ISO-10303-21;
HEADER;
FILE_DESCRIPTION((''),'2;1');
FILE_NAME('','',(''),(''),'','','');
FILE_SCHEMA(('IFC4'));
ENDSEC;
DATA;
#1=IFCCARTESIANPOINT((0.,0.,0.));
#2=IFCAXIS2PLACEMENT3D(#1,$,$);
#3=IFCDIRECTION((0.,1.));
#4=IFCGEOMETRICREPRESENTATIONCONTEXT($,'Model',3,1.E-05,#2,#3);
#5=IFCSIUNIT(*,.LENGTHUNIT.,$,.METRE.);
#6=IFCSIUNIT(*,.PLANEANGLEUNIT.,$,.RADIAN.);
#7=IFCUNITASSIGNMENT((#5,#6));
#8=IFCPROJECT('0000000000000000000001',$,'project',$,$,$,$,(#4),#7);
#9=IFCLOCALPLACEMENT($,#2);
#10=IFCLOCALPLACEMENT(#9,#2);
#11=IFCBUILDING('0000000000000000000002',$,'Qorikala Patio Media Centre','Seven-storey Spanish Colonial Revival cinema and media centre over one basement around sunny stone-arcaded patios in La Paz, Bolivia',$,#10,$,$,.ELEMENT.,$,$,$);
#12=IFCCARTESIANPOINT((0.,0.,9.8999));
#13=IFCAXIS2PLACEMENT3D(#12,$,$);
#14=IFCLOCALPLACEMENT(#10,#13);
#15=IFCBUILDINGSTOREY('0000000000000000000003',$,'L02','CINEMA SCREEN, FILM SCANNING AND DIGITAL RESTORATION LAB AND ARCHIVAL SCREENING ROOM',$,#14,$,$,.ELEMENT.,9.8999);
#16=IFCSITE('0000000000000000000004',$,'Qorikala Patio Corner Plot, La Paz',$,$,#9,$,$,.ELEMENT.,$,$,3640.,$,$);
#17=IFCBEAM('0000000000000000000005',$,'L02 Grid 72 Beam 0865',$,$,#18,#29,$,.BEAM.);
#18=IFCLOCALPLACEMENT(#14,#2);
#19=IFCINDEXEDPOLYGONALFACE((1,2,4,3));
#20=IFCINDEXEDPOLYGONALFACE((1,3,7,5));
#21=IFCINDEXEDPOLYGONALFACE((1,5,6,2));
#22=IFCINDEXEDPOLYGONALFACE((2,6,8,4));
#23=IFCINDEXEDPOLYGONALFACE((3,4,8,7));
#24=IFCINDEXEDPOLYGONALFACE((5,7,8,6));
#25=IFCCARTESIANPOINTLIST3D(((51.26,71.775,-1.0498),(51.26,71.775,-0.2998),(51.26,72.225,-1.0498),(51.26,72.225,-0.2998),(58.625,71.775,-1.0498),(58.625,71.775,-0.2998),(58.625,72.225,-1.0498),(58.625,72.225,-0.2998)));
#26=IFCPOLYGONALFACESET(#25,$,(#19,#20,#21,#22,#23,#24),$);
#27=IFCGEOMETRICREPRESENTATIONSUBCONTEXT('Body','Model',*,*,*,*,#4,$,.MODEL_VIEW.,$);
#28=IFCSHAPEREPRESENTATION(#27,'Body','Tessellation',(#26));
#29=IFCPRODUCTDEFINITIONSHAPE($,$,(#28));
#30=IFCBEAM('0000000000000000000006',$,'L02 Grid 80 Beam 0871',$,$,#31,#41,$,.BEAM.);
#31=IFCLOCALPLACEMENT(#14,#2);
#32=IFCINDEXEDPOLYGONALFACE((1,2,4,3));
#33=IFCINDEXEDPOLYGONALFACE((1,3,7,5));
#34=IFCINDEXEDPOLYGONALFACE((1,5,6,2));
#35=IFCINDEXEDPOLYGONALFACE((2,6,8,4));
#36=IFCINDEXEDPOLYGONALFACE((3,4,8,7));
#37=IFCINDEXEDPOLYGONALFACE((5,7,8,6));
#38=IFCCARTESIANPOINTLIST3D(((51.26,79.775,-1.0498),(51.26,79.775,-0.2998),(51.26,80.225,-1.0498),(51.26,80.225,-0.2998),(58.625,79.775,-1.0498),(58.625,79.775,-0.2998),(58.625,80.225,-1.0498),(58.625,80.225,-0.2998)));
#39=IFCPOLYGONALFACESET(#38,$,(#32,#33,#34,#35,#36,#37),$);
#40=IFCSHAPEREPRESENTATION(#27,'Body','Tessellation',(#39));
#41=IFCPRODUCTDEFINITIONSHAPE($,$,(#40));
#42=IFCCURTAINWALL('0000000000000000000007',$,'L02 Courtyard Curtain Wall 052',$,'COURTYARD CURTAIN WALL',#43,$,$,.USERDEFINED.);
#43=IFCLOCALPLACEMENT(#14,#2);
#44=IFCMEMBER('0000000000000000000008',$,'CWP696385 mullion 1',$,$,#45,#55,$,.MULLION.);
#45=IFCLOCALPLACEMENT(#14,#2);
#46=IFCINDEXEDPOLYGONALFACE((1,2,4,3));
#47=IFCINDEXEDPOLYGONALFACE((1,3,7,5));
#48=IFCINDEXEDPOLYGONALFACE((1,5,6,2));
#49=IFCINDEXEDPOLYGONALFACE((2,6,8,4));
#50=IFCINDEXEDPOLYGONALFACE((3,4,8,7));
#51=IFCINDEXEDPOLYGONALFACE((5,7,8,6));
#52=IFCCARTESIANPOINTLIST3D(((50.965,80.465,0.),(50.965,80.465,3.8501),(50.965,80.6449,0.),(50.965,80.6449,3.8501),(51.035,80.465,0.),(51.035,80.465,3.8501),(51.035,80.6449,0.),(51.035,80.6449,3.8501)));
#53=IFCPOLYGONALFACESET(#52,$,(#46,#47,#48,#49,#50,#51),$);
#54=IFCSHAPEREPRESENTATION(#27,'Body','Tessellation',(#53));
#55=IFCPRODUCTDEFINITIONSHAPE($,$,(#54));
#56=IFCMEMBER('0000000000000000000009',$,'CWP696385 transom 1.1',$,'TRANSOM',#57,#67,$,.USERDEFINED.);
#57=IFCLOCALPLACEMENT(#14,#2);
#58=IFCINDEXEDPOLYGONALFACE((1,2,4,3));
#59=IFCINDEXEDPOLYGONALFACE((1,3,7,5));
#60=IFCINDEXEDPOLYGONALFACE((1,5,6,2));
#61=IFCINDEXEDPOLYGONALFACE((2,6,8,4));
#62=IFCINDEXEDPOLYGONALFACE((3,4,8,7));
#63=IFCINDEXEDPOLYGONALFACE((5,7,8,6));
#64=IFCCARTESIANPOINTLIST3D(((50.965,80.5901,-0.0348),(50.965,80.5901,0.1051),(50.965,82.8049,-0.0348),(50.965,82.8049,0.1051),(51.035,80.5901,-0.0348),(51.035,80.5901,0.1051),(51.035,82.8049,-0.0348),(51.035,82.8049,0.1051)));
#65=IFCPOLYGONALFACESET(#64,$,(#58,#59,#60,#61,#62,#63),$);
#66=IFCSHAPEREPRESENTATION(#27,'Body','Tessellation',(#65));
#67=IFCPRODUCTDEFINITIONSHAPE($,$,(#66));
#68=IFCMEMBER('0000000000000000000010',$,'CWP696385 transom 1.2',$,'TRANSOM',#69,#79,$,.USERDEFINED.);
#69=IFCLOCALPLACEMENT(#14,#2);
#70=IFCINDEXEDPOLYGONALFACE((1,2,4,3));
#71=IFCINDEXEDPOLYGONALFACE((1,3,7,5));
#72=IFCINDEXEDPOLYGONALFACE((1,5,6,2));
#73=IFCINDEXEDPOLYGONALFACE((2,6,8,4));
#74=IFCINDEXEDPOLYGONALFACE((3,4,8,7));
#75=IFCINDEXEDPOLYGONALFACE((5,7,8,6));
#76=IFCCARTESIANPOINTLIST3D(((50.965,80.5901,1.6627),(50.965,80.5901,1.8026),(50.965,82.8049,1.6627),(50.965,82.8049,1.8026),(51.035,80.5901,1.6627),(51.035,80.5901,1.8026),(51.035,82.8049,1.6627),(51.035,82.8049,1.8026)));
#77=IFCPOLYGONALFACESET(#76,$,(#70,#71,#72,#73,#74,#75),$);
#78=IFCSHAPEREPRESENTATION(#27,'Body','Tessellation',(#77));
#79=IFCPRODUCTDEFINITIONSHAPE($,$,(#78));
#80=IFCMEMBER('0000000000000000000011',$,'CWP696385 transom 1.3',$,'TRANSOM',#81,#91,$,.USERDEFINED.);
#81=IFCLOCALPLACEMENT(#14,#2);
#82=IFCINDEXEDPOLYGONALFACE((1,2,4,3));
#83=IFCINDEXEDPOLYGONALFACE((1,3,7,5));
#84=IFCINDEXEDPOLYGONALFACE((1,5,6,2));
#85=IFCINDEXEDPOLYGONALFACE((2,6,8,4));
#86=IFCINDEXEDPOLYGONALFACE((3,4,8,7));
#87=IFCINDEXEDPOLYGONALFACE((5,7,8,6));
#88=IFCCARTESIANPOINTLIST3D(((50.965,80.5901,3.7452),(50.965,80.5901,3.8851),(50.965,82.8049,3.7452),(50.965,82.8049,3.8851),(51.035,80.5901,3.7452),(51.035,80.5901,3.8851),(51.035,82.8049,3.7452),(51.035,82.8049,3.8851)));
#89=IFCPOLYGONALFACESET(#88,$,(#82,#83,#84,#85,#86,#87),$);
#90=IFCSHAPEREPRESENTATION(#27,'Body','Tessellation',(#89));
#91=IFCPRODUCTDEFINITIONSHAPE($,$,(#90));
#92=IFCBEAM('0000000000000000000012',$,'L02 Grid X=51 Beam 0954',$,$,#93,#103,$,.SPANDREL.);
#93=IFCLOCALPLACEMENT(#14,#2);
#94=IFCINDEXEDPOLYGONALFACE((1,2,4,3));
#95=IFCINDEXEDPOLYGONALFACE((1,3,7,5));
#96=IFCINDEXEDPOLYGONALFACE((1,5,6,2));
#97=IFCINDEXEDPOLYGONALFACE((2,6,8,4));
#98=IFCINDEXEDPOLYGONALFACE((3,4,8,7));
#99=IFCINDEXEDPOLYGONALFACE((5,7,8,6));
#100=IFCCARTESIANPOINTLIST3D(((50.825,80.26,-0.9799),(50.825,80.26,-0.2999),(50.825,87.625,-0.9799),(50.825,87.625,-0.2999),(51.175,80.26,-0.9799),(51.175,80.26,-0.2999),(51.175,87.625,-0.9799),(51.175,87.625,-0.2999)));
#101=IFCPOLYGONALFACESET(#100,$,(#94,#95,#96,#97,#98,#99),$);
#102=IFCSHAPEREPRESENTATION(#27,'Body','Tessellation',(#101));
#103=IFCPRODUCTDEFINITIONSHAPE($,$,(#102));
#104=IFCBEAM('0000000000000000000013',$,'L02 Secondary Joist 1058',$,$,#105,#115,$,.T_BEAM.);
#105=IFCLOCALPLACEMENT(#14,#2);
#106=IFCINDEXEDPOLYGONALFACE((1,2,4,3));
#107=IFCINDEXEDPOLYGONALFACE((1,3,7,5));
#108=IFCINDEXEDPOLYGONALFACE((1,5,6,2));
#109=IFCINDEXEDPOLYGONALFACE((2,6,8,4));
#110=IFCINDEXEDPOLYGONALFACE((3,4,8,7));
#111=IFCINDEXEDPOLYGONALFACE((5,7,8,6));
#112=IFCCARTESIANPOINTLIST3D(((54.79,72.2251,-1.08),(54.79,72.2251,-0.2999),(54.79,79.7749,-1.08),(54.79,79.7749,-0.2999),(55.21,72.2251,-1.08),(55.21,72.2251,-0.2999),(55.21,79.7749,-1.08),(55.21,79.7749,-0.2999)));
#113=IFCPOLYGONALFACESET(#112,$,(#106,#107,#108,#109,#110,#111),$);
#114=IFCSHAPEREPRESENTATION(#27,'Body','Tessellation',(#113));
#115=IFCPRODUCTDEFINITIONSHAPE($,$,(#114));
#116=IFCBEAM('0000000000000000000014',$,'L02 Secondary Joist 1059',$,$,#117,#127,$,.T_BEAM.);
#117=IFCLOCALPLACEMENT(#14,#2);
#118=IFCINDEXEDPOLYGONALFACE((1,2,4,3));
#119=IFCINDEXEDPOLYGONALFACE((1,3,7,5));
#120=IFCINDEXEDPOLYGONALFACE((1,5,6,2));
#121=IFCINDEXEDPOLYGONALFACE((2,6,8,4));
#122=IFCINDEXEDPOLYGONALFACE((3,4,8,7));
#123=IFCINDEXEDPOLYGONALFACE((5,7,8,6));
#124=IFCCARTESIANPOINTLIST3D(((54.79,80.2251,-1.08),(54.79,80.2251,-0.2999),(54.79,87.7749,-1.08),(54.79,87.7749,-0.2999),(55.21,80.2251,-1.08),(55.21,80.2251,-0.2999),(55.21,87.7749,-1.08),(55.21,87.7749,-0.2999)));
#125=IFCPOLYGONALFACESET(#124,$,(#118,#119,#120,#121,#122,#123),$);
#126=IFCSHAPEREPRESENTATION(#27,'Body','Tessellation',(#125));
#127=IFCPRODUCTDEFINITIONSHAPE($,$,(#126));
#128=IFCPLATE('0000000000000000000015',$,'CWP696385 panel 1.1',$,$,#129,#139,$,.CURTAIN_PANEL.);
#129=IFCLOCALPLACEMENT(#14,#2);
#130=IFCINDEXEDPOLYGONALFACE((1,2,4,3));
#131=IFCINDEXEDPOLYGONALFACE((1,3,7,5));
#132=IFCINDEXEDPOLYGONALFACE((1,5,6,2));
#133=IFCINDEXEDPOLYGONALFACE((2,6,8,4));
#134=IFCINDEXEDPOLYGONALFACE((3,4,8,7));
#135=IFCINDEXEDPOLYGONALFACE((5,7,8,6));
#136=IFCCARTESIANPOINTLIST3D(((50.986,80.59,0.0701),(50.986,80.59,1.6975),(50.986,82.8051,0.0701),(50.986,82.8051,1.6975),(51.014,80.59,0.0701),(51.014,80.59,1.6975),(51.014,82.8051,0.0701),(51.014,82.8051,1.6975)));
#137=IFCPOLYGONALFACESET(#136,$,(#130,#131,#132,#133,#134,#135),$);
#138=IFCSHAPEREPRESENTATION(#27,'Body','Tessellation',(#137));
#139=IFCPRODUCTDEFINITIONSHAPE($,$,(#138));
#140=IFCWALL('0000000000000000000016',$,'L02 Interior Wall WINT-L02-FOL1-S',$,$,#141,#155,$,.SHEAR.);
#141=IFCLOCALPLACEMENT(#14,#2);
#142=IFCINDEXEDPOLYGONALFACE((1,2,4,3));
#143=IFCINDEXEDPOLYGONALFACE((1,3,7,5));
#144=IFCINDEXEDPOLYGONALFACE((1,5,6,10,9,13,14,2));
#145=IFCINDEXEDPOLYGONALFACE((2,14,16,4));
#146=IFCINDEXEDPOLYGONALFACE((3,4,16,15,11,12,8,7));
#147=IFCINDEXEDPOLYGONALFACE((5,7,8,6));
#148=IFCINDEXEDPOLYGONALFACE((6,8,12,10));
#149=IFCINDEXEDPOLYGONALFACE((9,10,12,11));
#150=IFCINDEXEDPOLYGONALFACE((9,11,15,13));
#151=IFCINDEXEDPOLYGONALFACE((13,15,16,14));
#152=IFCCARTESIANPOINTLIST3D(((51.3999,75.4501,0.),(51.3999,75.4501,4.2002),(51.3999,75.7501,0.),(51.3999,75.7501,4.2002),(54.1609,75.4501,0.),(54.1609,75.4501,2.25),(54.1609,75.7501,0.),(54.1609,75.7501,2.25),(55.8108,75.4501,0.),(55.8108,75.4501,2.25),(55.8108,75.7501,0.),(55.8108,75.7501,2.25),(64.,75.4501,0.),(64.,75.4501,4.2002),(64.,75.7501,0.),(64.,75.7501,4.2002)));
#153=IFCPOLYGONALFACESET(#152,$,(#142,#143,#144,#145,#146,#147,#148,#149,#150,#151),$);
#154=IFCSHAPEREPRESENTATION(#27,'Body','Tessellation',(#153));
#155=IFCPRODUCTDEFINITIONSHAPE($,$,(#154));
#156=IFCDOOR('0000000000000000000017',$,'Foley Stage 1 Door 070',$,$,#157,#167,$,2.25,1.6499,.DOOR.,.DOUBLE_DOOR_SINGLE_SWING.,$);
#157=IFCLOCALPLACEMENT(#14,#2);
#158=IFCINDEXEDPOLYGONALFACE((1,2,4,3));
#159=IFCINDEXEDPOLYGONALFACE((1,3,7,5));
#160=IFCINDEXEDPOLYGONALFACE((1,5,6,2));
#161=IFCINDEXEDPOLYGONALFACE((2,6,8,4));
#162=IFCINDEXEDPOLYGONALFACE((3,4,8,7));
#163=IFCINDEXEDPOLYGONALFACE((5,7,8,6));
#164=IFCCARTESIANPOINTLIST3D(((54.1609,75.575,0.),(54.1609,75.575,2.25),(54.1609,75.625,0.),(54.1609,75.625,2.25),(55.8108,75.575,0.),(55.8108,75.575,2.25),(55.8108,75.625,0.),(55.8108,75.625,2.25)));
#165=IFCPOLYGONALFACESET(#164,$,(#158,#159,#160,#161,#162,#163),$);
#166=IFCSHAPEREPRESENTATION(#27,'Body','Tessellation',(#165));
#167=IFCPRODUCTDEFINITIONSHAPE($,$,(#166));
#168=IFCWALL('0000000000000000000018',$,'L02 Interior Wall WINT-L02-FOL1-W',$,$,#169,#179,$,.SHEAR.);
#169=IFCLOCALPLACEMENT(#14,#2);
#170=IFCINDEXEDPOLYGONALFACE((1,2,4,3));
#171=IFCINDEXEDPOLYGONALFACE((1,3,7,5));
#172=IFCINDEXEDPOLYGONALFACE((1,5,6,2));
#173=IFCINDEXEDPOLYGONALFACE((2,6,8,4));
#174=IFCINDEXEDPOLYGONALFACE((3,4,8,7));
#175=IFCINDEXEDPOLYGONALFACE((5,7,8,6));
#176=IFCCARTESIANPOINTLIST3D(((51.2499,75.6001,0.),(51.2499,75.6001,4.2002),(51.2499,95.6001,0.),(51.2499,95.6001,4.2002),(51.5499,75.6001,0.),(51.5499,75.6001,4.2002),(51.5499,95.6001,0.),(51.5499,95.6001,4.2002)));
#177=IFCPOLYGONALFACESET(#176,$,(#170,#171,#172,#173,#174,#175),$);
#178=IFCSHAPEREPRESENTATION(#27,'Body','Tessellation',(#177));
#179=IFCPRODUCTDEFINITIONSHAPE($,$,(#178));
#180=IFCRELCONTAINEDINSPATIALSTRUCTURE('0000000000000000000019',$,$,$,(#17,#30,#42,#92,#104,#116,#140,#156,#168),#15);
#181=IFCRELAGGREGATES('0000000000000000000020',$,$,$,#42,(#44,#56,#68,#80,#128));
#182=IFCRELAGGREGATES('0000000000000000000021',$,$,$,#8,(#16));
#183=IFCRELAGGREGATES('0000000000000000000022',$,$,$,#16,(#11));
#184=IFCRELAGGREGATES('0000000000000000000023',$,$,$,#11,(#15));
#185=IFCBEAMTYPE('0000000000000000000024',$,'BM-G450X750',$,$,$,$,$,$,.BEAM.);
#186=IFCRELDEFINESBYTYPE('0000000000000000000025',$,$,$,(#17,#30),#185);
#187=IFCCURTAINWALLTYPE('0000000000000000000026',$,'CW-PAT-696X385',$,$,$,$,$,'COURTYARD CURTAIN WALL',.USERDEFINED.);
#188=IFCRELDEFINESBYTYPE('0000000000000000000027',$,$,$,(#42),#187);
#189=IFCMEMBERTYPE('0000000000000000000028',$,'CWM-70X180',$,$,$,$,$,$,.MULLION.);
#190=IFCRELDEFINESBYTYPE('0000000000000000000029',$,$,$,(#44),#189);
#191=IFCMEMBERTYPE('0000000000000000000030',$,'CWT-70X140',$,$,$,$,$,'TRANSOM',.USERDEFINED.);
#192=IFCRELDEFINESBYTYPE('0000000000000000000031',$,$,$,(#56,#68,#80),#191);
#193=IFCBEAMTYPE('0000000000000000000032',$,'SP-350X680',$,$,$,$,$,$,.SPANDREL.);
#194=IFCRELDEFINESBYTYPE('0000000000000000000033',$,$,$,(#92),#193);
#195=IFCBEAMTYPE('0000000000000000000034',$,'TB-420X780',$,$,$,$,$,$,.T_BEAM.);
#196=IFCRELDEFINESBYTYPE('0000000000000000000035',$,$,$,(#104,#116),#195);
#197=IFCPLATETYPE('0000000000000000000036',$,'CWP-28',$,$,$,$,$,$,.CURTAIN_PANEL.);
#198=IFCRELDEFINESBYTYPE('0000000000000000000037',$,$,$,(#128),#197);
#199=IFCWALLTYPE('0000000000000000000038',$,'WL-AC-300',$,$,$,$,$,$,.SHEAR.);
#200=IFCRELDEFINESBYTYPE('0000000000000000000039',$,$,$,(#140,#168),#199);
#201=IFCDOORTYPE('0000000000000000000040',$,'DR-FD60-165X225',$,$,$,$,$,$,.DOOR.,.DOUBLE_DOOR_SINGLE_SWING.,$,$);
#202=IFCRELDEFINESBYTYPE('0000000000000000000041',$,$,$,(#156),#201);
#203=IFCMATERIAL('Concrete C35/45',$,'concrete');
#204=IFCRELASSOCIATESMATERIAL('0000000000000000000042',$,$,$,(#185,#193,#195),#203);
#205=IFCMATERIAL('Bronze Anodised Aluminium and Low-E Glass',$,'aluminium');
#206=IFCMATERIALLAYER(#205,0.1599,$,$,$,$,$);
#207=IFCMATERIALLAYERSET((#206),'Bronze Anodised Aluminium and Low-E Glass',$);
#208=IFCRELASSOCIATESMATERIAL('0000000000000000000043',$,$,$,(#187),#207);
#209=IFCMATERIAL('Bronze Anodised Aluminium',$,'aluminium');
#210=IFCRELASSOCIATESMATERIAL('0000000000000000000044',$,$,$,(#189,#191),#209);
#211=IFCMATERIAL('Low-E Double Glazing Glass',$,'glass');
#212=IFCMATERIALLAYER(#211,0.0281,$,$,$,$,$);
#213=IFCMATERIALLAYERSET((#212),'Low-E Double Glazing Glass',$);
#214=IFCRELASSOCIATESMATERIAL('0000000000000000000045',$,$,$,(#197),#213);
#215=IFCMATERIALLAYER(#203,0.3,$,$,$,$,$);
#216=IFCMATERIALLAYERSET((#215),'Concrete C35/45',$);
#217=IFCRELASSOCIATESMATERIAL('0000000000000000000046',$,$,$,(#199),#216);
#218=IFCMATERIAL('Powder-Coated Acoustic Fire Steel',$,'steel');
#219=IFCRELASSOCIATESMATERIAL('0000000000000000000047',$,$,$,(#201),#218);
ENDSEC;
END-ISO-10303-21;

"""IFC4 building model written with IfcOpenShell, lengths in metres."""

from ifc_helpers import new_model, si_unit, direction, frame, frame_2d, origin, origin_2d, place, context, subcontext, project, spatial, rectangle, extrude, material, layer, layer_set, material_profile, profile_set, type_object, element, fill, aggregate, save


model = new_model("IFC4")

# Units and contexts
model_context = context("Model", 3, precision=1e-05, world=origin(), true_north=direction((0.0, 1.0)))
body_context = subcontext(model_context, "Body", "Model", "MODEL_VIEW")
ifc_project = project(units=[si_unit("LENGTHUNIT", "METRE"), si_unit("PLANEANGLEUNIT", "RADIAN")], contexts=[model_context])

# Site, building, storey
site_placement = place(None, origin())
site = spatial("IfcSite", under=ifc_project, at=site_placement, Name="Qorikala Patio Corner Plot, La Paz", CompositionType="ELEMENT", RefElevation=3640.0)
building_placement = place(site_placement, origin())
building = spatial("IfcBuilding", under=site, at=building_placement, Name="Qorikala Patio Media Centre", Description="Seven-storey Spanish Colonial Revival cinema and media centre over one basement around sunny stone-arcaded patios in La Paz, Bolivia", CompositionType="ELEMENT")
storey_placement = place(building_placement, frame((0.0, 0.0, 9.8999)))
storey = spatial("IfcBuildingStorey", under=building, at=storey_placement, Name="L02", Description="CINEMA SCREEN, FILM SCANNING AND DIGITAL RESTORATION LAB AND ARCHIVAL SCREENING ROOM", CompositionType="ELEMENT", Elevation=9.8999)

# Beams
ifc_material_1 = material(Name="Concrete C35/45", Category="concrete")
ifc_material_profile_1 = material_profile(ifc_material_1, rectangle(XDim=0.45, YDim=0.75, at=origin_2d()), Name="RC 450x750")
ifc_profile_set_1 = profile_set([ifc_material_profile_1], Name="Concrete C35/45")
beam_type_1 = type_object("IfcBeamType", Name="BM-G450X750", PredefinedType="BEAM", material=ifc_profile_set_1)
for number, where, z_axis, x_axis, name in (
    (1, (51.26, 72.0, -0.6748), (1.0, 0.0, 0.0), (0.0, 1.0, 0.0), "L02 Grid 72 Beam 0865"),
    (2, (51.26, 80.0, -0.6748), (1.0, 0.0, 0.0), (0.0, 1.0, 0.0), "L02 Grid 80 Beam 0871"),
):
    element("IfcBeam", number, at=place(storey_placement, frame(where, z_axis=z_axis, x_axis=x_axis)), inside=storey, type_object=beam_type_1, Name=name, PredefinedType="BEAM", context=body_context, shape_type="SweptSolid", body=[
        extrude(rectangle(XDim=0.45, YDim=0.75, at=origin_2d()), origin(), (0.0, 0.0, 1.0), 7.365),
    ])

# Curtain wall, members
ifc_material_2 = material(Name="Bronze Anodised Aluminium and Low-E Glass", Category="aluminium")
ifc_layer_1 = layer(ifc_material_2, 0.1599)
ifc_layer_set_1 = layer_set([ifc_layer_1], Name="Bronze Anodised Aluminium and Low-E Glass")
curtain_wall_type = type_object("IfcCurtainWallType", Name="CW-PAT-696X385", ElementType="COURTYARD CURTAIN WALL", PredefinedType="USERDEFINED", material=ifc_layer_set_1)
curtain_wall_placement = place(storey_placement, origin())
curtain_wall = element("IfcCurtainWall", 3, at=curtain_wall_placement, inside=storey, type_object=curtain_wall_type, Name="L02 Courtyard Curtain Wall 052", ObjectType="COURTYARD CURTAIN WALL", PredefinedType="USERDEFINED")
ifc_material_3 = material(Name="Bronze Anodised Aluminium", Category="aluminium")
ifc_material_profile_2 = material_profile(ifc_material_3, rectangle(XDim=0.0701, YDim=0.1799, at=origin_2d()), Name="ALU MULLION 70x180")
ifc_profile_set_2 = profile_set([ifc_material_profile_2], Name="Bronze Anodised Aluminium")
member_type_1 = type_object("IfcMemberType", Name="CWM-70X180", PredefinedType="MULLION", material=ifc_profile_set_2)
member_1_placement = place(storey_placement, frame((51.0, 80.5549, 0.0), z_axis=(0.0, 0.0, 1.0), x_axis=(-1.0, 0.0, 0.0)))
member_1 = element("IfcMember", 4, at=member_1_placement, type_object=member_type_1, Name="CWP696385 mullion 1", PredefinedType="MULLION", context=body_context, shape_type="SweptSolid", body=[
    extrude(rectangle(XDim=0.0701, YDim=0.1799, at=origin_2d()), origin(), (0.0, 0.0, 1.0), 3.8501),
])
ifc_material_profile_3 = material_profile(ifc_material_3, rectangle(XDim=0.0701, YDim=0.1399, at=origin_2d()), Name="ALU TRANSOM 70x140")
ifc_profile_set_3 = profile_set([ifc_material_profile_3], Name="Bronze Anodised Aluminium")
member_type_2 = type_object("IfcMemberType", Name="CWT-70X140", ElementType="TRANSOM", PredefinedType="USERDEFINED", material=ifc_profile_set_3)
member_2_placement = place(storey_placement, frame((51.0, 80.5901, 0.0352), z_axis=(0.0, 1.0, 0.0), x_axis=(-1.0, 0.0, 0.0)))
member_2 = element("IfcMember", 5, at=member_2_placement, type_object=member_type_2, Name="CWP696385 transom 1.1", ObjectType="TRANSOM", PredefinedType="USERDEFINED", context=body_context, shape_type="SweptSolid", body=[
    extrude(rectangle(XDim=0.0701, YDim=0.1399, at=origin_2d()), origin(), (0.0, 0.0, 1.0), 2.2148),
])
member_3_placement = place(storey_placement, frame((51.0, 80.5901, 1.7327), z_axis=(0.0, 1.0, 0.0), x_axis=(-1.0, 0.0, 0.0)))
member_3 = element("IfcMember", 6, at=member_3_placement, type_object=member_type_2, Name="CWP696385 transom 1.2", ObjectType="TRANSOM", PredefinedType="USERDEFINED", context=body_context, shape_type="SweptSolid", body=[
    extrude(rectangle(XDim=0.0701, YDim=0.1399, at=origin_2d()), origin(), (0.0, 0.0, 1.0), 2.2148),
])
member_4_placement = place(storey_placement, frame((51.0, 80.5901, 3.8152), z_axis=(0.0, 1.0, 0.0), x_axis=(-1.0, 0.0, 0.0)))
member_4 = element("IfcMember", 7, at=member_4_placement, type_object=member_type_2, Name="CWP696385 transom 1.3", ObjectType="TRANSOM", PredefinedType="USERDEFINED", context=body_context, shape_type="SweptSolid", body=[
    extrude(rectangle(XDim=0.0701, YDim=0.1399, at=origin_2d()), origin(), (0.0, 0.0, 1.0), 2.2148),
])

# Beams
ifc_material_profile_4 = material_profile(ifc_material_1, rectangle(XDim=0.3501, YDim=0.6799, at=origin_2d()), Name="RC 350x680")
ifc_profile_set_4 = profile_set([ifc_material_profile_4], Name="Concrete C35/45")
beam_type_2 = type_object("IfcBeamType", Name="SP-350X680", PredefinedType="SPANDREL", material=ifc_profile_set_4)
beam_placement = place(storey_placement, frame((51.0, 80.26, -0.6399), z_axis=(0.0, 1.0, 0.0), x_axis=(-1.0, 0.0, 0.0)))
element("IfcBeam", 8, at=beam_placement, inside=storey, type_object=beam_type_2, Name="L02 Grid X=51 Beam 0954", PredefinedType="SPANDREL", context=body_context, shape_type="SweptSolid", body=[
    extrude(rectangle(XDim=0.3501, YDim=0.6799, at=origin_2d()), origin(), (0.0, 0.0, 1.0), 7.365),
])
ifc_material_profile_5 = material_profile(ifc_material_1, rectangle(XDim=0.4199, YDim=0.78, at=origin_2d()), Name="RC 420x780")
ifc_profile_set_5 = profile_set([ifc_material_profile_5], Name="Concrete C35/45")
beam_type_3 = type_object("IfcBeamType", Name="TB-420X780", PredefinedType="T_BEAM", material=ifc_profile_set_5)
for number, where, z_axis, x_axis, name in (
    (9, (55.0, 72.2251, -0.6899), (0.0, 1.0, 0.0), (-1.0, 0.0, 0.0), "L02 Secondary Joist 1058"),
    (10, (55.0, 80.2251, -0.6899), (0.0, 1.0, 0.0), (-1.0, 0.0, 0.0), "L02 Secondary Joist 1059"),
):
    element("IfcBeam", number, at=place(storey_placement, frame(where, z_axis=z_axis, x_axis=x_axis)), inside=storey, type_object=beam_type_3, Name=name, PredefinedType="T_BEAM", context=body_context, shape_type="SweptSolid", body=[
        extrude(rectangle(XDim=0.4199, YDim=0.78, at=origin_2d()), origin(), (0.0, 0.0, 1.0), 7.5498),
    ])

# Plate
ifc_material_4 = material(Name="Low-E Double Glazing Glass", Category="glass")
ifc_layer_2 = layer(ifc_material_4, 0.0281)
ifc_layer_set_2 = layer_set([ifc_layer_2], Name="Low-E Double Glazing Glass")
plate_type = type_object("IfcPlateType", Name="CWP-28", PredefinedType="CURTAIN_PANEL", material=ifc_layer_set_2)
plate_placement = place(storey_placement, frame((51.0, 81.6975, 0.0701), z_axis=(0.0, 0.0, 1.0), x_axis=(0.0, 1.0, 0.0)))
plate = element("IfcPlate", 11, at=plate_placement, type_object=plate_type, Name="CWP696385 panel 1.1", PredefinedType="CURTAIN_PANEL", context=body_context, shape_type="SweptSolid", body=[
    extrude(rectangle(XDim=2.2151, YDim=0.0281, at=origin_2d()), origin(), (0.0, 0.0, 1.0), 1.6274),
])
aggregate(curtain_wall, [member_1, member_2, member_3, member_4, plate])

# Wall, opening, door
ifc_layer_3 = layer(ifc_material_1, 0.3)
ifc_layer_set_3 = layer_set([ifc_layer_3], Name="Concrete C35/45")
wall_type_1 = type_object("IfcWallType", Name="WL-AC-300", PredefinedType="SHEAR", material=ifc_layer_set_3)
wall_1_placement = place(storey_placement, frame((51.3999, 75.6001, 0.0), z_axis=(0.0, 0.0, 1.0), x_axis=(1.0, 0.0, 0.0)))
wall_1 = element("IfcWall", 12, at=wall_1_placement, inside=storey, type_object=wall_type_1, Name="L02 Interior Wall WINT-L02-FOL1-S", PredefinedType="SHEAR", context=body_context, shape_type="SweptSolid", body=[
    extrude(rectangle(XDim=12.6001, YDim=0.3, at=frame_2d((6.3, 0.0))), origin(), (0.0, 0.0, 1.0), 4.2002),
])
opening_1_placement = place(wall_1_placement, frame((2.761, 0.0, 0.0)))
opening_1 = element("IfcOpeningElement", 13, at=opening_1_placement, cuts=wall_1, PredefinedType="OPENING", context=body_context, shape_type="SweptSolid", body=[
    extrude(rectangle(XDim=1.6499, YDim=2.25, at=frame_2d((0.825, 1.125))), frame((0.0, 0.1599, 0.0), z_axis=(0.0, -1.0, 0.0), x_axis=(1.0, 0.0, 0.0)), (0.0, 0.0, 1.0), 0.3201),
])
ifc_material_5 = material(Name="Powder-Coated Acoustic Fire Steel", Category="steel")
door_type_1 = type_object("IfcDoorType", Name="DR-FD60-165X225", OperationType="DOUBLE_DOOR_SINGLE_SWING", PredefinedType="DOOR", material=ifc_material_5)
door_1_placement = place(opening_1_placement, origin())
door_1 = element("IfcDoor", 14, at=door_1_placement, inside=storey, type_object=door_type_1, Name="Foley Stage 1 Door 070", OperationType="DOUBLE_DOOR_SINGLE_SWING", OverallHeight=2.25, OverallWidth=1.6499, PredefinedType="DOOR", context=body_context, shape_type="SweptSolid", body=[
    extrude(rectangle(XDim=1.6499, YDim=2.25, at=frame_2d((0.825, 1.125))), frame((0.0, 0.0249, 0.0), z_axis=(0.0, -1.0, 0.0), x_axis=(1.0, 0.0, 0.0)), (0.0, 0.0, 1.0), 0.05),
])
fill(opening_1, door_1)

# Wall
wall_2_placement = place(storey_placement, frame((51.3999, 75.6001, 0.0), z_axis=(0.0, 0.0, 1.0), x_axis=(0.0, 1.0, 0.0)))
element("IfcWall", 15, at=wall_2_placement, inside=storey, type_object=wall_type_1, Name="L02 Interior Wall WINT-L02-FOL1-W", PredefinedType="SHEAR", context=body_context, shape_type="SweptSolid", body=[
    extrude(rectangle(XDim=20.0, YDim=0.3, at=frame_2d((10.0, 0.0))), origin(), (0.0, 0.0, 1.0), 4.2002),
])

save(model, "model.ifc")
